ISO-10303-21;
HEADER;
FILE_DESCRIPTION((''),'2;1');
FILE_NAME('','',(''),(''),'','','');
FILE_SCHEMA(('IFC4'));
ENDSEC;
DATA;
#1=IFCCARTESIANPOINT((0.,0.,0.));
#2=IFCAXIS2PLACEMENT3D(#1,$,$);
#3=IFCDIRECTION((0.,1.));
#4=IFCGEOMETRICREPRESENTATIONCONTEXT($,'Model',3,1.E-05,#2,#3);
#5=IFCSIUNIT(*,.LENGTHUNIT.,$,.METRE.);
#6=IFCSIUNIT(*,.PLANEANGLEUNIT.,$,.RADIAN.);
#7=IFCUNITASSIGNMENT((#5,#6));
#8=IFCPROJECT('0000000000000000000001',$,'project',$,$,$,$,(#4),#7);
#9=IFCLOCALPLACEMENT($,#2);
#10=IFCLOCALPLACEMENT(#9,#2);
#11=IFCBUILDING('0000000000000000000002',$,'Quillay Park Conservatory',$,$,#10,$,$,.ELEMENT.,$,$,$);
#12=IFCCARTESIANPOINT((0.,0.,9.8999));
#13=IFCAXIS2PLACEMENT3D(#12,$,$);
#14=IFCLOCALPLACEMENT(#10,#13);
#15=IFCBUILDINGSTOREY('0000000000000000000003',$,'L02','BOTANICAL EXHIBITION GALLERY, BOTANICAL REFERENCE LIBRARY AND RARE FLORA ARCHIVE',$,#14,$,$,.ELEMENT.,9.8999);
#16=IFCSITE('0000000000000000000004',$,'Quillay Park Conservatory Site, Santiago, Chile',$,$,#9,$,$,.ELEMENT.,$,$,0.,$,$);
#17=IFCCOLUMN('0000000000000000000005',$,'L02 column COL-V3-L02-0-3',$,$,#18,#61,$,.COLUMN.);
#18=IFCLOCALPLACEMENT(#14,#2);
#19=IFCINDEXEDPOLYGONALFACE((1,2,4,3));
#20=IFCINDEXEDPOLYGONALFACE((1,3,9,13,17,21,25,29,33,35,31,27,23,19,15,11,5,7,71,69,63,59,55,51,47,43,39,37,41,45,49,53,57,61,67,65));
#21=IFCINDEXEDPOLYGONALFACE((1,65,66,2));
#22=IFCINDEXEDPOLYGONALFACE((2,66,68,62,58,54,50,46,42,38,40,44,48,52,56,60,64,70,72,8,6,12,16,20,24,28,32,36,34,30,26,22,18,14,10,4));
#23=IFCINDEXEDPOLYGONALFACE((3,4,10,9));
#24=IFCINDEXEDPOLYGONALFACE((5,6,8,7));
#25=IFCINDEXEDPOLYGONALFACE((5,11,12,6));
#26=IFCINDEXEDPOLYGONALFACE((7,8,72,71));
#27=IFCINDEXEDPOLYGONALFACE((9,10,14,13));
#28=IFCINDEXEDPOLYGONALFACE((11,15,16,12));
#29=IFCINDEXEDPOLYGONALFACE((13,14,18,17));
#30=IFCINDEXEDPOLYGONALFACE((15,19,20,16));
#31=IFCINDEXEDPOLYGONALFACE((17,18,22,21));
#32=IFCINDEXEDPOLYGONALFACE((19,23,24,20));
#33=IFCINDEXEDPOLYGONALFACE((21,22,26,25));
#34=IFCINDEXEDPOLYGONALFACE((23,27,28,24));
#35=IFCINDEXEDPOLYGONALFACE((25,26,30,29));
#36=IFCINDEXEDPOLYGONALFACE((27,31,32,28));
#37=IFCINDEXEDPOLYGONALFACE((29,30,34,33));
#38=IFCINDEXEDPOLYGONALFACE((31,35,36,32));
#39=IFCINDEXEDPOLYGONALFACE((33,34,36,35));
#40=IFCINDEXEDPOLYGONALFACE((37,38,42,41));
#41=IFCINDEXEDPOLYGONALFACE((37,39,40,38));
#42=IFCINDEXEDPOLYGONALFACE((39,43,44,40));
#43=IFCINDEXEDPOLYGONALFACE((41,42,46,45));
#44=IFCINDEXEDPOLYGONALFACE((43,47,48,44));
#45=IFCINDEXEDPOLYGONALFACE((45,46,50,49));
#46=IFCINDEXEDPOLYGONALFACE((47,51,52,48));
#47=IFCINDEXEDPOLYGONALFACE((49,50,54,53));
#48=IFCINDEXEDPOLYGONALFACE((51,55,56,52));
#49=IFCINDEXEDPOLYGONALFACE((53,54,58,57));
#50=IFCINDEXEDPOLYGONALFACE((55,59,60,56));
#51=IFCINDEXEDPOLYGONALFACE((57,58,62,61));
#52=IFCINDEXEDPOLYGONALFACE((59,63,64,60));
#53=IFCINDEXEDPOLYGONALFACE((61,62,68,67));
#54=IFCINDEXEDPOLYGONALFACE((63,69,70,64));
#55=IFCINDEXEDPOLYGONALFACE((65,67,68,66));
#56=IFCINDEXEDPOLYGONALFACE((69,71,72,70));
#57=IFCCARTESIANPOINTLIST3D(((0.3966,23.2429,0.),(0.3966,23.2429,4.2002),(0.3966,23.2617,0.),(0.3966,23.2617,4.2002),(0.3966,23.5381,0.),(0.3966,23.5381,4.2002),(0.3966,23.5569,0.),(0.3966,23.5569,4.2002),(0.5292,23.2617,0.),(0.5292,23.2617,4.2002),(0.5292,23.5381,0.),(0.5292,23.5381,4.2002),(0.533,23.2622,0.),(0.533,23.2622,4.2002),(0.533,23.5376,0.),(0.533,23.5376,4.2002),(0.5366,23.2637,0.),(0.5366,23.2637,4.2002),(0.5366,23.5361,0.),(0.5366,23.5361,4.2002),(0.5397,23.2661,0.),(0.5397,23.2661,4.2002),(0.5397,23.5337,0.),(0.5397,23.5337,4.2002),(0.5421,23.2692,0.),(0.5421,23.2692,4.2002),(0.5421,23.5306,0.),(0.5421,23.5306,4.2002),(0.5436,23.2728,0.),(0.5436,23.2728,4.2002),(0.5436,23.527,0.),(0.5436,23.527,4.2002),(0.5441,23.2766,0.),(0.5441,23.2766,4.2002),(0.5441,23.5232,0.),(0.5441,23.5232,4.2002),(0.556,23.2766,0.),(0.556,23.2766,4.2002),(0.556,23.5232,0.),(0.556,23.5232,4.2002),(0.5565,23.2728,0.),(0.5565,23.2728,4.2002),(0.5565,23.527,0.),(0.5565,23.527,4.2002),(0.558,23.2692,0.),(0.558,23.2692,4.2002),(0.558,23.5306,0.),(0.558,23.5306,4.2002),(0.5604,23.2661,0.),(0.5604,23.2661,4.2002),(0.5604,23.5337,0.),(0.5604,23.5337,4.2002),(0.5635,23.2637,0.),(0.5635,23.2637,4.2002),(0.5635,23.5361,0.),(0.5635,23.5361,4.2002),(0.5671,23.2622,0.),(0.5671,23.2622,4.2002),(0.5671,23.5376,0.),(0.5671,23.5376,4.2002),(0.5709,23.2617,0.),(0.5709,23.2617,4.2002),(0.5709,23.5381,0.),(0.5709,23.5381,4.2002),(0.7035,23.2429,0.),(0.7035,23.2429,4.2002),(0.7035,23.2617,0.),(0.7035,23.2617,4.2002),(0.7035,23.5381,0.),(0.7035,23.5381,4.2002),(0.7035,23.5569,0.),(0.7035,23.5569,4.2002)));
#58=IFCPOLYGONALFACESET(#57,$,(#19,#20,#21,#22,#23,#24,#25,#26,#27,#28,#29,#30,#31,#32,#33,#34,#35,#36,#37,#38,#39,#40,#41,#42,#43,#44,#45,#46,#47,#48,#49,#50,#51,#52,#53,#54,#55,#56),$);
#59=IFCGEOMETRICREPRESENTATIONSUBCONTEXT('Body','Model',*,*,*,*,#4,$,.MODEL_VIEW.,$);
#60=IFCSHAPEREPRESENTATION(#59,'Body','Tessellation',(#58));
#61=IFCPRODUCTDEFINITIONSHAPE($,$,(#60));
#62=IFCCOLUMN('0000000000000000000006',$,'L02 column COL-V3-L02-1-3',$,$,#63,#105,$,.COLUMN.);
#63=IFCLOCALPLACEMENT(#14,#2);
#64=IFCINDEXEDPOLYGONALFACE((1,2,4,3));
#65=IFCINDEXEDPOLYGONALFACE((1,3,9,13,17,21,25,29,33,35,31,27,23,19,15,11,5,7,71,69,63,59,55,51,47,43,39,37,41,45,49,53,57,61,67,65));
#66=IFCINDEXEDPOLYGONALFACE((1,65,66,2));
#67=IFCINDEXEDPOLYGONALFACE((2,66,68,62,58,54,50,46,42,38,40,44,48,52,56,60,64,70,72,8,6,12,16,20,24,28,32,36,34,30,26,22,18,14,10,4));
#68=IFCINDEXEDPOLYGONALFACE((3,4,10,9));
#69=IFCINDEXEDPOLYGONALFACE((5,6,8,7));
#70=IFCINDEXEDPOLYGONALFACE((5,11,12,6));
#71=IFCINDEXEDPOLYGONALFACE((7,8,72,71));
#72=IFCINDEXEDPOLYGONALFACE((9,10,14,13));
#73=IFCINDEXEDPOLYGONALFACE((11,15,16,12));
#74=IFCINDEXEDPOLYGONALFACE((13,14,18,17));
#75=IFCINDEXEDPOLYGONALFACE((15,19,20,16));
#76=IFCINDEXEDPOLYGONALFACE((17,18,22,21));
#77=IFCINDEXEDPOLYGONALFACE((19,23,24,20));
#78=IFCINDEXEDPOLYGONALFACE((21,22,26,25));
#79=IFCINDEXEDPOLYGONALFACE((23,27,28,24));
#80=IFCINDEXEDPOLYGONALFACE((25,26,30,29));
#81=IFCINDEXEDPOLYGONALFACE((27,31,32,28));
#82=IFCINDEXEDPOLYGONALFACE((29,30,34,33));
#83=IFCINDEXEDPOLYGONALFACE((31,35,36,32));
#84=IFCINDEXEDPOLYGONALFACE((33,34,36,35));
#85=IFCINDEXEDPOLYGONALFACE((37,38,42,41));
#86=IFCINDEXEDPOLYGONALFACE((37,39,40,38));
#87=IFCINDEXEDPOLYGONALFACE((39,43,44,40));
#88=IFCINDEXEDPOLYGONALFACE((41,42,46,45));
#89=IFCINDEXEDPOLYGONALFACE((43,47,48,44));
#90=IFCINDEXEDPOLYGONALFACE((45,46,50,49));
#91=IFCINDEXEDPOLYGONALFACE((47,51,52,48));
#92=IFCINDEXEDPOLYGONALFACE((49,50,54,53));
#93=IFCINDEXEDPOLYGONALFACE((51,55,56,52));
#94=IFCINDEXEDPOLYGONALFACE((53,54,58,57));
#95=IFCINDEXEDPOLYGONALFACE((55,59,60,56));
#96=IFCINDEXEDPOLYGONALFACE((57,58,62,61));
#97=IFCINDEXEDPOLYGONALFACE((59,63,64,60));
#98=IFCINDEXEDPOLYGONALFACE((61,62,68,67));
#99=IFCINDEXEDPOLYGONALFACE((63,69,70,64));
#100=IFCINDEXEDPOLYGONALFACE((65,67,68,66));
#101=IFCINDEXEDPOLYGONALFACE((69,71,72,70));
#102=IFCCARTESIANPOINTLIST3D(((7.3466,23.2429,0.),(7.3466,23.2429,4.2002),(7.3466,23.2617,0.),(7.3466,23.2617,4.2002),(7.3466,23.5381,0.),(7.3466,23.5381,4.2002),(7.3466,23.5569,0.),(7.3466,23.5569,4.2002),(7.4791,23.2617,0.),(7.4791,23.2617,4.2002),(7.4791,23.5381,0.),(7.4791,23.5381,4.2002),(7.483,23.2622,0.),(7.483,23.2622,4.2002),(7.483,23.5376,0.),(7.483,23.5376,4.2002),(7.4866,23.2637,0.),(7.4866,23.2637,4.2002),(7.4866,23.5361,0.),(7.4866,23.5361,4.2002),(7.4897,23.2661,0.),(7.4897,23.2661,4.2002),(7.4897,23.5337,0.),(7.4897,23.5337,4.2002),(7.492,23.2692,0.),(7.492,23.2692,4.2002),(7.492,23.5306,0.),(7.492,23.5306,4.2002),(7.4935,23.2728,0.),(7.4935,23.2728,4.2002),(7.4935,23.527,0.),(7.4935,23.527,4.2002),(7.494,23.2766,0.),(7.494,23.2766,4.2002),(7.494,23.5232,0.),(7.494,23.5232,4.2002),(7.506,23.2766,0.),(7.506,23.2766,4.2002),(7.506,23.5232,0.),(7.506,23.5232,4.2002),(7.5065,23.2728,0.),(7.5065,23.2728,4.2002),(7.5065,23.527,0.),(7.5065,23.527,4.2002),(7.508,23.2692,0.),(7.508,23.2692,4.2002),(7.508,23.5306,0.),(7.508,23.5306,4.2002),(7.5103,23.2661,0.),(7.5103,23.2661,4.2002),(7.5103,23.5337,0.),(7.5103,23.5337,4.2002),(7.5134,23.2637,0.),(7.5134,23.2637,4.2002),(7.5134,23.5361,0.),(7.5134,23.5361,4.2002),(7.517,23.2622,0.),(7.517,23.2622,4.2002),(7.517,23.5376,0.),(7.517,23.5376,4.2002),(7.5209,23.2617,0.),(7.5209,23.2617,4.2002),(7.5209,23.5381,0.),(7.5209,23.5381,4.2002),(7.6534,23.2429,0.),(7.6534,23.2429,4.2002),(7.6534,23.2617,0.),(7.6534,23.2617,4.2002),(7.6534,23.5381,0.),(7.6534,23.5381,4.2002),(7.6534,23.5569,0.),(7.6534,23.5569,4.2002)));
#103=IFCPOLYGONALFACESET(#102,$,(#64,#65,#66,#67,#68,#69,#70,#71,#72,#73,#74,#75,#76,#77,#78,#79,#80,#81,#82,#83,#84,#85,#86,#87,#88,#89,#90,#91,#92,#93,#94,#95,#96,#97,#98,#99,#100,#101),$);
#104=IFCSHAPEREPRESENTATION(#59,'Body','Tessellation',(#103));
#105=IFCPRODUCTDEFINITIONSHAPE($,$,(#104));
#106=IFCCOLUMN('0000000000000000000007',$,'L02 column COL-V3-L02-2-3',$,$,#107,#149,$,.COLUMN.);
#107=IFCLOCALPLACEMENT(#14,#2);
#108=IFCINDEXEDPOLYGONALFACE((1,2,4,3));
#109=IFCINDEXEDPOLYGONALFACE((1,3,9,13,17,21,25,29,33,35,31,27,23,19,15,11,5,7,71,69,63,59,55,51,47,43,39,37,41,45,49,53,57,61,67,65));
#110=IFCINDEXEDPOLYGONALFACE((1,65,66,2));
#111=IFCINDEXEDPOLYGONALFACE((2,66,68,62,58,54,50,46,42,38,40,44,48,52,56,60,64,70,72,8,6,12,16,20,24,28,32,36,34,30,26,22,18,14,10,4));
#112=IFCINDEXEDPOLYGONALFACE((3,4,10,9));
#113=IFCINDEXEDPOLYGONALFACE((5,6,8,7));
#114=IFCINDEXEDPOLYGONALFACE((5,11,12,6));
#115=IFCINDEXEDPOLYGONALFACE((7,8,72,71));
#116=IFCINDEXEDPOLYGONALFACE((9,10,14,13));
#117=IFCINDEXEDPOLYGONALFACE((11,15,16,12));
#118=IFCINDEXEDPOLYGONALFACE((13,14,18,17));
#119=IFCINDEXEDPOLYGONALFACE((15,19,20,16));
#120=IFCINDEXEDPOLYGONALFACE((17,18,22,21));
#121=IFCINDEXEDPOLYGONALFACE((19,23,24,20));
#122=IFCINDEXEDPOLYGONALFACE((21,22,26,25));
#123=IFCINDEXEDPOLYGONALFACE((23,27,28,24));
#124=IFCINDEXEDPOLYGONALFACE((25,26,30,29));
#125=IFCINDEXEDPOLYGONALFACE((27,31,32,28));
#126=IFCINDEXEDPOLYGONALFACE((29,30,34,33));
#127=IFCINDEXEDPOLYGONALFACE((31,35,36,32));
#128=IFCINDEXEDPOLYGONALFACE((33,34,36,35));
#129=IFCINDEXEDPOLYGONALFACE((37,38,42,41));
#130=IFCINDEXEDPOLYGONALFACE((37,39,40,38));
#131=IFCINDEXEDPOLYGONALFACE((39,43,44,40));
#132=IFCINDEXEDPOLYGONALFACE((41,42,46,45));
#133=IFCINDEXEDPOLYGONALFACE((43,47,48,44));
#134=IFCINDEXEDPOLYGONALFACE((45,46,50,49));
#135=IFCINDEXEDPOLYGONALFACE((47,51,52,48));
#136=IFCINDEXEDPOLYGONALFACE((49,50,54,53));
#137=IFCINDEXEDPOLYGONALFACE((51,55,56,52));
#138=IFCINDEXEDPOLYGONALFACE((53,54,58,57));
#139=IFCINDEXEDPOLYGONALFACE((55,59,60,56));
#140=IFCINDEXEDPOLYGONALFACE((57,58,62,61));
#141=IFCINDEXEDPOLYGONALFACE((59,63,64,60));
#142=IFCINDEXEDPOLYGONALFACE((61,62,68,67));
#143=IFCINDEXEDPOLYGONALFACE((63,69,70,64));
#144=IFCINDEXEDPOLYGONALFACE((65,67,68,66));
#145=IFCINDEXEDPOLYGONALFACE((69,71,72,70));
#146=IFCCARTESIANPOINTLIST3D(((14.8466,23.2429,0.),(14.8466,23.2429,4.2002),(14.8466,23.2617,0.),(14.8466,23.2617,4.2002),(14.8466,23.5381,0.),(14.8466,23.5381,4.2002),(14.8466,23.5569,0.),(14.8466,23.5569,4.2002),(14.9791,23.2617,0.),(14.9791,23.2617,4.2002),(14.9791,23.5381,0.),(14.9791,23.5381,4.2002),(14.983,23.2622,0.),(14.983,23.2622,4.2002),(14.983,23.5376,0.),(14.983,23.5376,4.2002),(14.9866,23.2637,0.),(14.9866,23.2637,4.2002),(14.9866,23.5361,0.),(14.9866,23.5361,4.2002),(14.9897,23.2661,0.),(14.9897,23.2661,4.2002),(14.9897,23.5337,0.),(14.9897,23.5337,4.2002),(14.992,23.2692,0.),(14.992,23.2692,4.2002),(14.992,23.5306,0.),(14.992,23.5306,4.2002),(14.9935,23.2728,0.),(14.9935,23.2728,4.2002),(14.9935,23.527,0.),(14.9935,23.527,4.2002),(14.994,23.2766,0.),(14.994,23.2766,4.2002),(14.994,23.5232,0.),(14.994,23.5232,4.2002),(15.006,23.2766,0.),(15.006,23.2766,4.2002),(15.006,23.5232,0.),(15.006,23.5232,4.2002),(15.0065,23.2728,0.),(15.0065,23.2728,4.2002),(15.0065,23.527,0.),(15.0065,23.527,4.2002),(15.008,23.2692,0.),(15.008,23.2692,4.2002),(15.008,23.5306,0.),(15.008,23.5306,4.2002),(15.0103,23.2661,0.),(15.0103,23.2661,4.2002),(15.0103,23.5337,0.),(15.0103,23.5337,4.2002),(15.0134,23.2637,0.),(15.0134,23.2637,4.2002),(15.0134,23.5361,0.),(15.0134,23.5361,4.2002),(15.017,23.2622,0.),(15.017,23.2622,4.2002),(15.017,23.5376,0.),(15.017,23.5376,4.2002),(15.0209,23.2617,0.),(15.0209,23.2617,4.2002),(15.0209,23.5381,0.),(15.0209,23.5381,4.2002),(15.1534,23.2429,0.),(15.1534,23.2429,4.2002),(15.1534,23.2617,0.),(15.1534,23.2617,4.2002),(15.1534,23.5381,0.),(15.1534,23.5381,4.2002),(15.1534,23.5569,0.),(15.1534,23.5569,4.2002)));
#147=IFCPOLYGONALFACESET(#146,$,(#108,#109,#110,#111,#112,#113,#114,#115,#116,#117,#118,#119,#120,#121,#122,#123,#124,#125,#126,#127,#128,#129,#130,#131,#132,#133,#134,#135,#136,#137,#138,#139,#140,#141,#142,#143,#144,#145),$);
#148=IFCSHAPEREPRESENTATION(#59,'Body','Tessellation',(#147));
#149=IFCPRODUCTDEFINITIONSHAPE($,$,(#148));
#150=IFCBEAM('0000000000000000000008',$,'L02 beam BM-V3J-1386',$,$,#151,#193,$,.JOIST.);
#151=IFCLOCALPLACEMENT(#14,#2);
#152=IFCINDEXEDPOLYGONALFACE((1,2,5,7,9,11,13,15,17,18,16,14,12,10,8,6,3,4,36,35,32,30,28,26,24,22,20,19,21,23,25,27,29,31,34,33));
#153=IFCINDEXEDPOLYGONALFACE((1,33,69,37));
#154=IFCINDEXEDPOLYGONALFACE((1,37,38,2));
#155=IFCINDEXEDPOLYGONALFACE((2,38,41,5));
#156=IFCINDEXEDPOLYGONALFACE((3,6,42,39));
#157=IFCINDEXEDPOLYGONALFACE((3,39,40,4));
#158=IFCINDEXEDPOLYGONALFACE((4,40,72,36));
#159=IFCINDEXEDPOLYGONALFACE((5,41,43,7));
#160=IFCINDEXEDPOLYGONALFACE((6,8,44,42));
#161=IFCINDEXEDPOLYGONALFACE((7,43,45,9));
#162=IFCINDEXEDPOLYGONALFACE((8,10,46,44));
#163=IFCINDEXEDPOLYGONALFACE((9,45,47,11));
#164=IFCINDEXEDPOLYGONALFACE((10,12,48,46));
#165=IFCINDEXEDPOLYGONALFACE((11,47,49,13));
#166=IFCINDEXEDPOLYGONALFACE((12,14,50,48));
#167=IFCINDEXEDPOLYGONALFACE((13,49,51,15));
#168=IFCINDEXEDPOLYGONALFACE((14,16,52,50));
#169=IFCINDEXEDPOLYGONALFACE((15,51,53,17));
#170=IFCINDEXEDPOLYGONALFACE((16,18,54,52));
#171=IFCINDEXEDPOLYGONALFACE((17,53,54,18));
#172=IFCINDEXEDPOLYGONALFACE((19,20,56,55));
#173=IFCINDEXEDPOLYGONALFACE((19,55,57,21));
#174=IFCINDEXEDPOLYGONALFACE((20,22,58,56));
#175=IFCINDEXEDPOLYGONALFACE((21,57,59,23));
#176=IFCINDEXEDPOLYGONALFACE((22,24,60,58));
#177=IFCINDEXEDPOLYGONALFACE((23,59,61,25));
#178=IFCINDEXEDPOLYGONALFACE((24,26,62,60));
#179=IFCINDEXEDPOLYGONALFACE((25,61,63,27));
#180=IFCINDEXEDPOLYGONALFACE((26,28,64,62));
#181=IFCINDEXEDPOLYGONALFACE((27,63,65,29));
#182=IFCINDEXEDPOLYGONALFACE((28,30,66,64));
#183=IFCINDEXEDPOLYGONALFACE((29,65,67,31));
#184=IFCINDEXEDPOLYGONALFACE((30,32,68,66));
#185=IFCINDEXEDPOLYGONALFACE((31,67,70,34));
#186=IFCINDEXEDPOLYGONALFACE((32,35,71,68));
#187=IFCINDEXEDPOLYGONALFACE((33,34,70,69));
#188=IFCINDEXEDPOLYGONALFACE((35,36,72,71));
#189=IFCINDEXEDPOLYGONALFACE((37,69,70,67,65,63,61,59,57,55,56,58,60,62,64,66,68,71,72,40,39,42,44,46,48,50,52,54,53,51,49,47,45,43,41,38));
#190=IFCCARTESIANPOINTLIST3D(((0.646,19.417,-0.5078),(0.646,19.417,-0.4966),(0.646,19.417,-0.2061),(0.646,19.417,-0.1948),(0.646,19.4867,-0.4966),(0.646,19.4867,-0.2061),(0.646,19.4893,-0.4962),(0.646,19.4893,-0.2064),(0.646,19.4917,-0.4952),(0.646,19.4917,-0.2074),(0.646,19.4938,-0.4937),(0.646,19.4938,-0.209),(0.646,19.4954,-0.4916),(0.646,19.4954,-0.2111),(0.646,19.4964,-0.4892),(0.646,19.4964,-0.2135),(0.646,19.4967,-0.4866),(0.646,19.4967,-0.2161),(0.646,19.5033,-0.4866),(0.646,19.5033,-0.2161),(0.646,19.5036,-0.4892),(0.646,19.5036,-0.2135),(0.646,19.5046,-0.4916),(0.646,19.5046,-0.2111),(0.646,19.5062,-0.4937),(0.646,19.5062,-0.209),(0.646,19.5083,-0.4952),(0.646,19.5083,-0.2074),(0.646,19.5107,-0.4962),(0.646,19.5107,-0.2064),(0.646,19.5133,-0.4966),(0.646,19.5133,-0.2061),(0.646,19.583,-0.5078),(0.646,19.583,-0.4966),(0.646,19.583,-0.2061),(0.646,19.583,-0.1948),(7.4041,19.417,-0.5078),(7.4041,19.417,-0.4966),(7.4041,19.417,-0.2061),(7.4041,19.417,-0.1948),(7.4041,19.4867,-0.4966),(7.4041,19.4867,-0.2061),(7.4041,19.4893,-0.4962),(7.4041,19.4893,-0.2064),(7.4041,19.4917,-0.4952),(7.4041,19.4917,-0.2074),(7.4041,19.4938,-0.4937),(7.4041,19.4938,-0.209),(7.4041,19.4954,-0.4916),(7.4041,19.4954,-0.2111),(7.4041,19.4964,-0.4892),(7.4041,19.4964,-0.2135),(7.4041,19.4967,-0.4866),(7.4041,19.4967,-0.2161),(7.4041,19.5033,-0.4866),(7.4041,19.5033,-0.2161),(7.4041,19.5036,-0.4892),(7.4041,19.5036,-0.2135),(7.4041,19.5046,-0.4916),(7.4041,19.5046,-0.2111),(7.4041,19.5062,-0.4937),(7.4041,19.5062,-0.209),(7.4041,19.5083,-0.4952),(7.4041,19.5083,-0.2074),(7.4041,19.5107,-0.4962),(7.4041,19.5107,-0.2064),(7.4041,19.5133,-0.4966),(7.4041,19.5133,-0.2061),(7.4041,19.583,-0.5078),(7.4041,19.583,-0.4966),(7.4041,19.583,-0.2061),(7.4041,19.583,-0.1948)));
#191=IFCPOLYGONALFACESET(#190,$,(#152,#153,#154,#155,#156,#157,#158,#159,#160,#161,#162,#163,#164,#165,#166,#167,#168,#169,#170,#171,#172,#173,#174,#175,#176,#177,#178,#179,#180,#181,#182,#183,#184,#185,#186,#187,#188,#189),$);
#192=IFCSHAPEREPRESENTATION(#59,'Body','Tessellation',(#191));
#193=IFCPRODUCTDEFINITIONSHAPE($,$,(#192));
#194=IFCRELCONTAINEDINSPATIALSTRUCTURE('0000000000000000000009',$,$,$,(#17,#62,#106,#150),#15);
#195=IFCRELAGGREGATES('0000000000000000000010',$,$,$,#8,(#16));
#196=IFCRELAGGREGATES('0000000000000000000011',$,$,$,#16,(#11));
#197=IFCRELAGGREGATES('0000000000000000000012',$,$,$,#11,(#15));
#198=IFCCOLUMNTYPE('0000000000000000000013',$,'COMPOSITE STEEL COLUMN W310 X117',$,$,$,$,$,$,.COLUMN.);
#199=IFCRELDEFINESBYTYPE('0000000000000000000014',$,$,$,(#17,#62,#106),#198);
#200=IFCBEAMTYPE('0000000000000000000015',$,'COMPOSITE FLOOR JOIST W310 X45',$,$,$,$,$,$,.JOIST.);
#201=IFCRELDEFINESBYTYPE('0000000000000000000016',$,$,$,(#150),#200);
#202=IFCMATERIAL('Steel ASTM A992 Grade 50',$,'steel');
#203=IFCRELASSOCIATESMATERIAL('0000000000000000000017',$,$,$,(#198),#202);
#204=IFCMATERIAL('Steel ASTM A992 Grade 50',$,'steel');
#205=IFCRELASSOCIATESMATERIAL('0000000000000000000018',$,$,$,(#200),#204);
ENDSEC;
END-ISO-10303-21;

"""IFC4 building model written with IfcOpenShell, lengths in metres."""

from ifc_helpers import new_model, si_unit, direction, frame, origin, origin_2d, place, context, subcontext, project, spatial, i_section, extrude, material, material_profile, profile_set, type_object, element, save


model = new_model("IFC4")

# Units and contexts
model_context = context("Model", 3, precision=1e-05, world=origin(), true_north=direction((0.0, 1.0)))
body_context = subcontext(model_context, "Body", "Model", "MODEL_VIEW")
ifc_project = project(units=[si_unit("LENGTHUNIT", "METRE"), si_unit("PLANEANGLEUNIT", "RADIAN")], contexts=[model_context])

# Site, building, storey
site_placement = place(None, origin())
site = spatial("IfcSite", under=ifc_project, at=site_placement, Name="Quillay Park Conservatory Site, Santiago, Chile", CompositionType="ELEMENT", RefElevation=0.0)
building_placement = place(site_placement, origin())
building = spatial("IfcBuilding", under=site, at=building_placement, Name="Quillay Park Conservatory", CompositionType="ELEMENT")
storey_placement = place(building_placement, frame((0.0, 0.0, 9.8999)))
storey = spatial("IfcBuildingStorey", under=building, at=storey_placement, Name="L02", Description="BOTANICAL EXHIBITION GALLERY, BOTANICAL REFERENCE LIBRARY AND RARE FLORA ARCHIVE", CompositionType="ELEMENT", Elevation=9.8999)

# Columns
ifc_material_1 = material(Name="Steel ASTM A992 Grade 50", Category="steel")
ifc_material_profile_1 = material_profile(ifc_material_1, i_section(OverallWidth=0.3069, OverallDepth=0.314, WebThickness=0.012, FlangeThickness=0.0188, FilletRadius=0.0149, at=origin_2d()), Name="W310x117")
ifc_profile_set_1 = profile_set([ifc_material_profile_1], Name="Steel ASTM A992 Grade 50")
column_type = type_object("IfcColumnType", Name="COMPOSITE STEEL COLUMN W310 X117", PredefinedType="COLUMN", material=ifc_profile_set_1)
for number, where, z_axis, x_axis, name in (
    (1, (0.55, 23.3999, 0.0), (0.0, 0.0, 1.0), (1.0, 0.0, 0.0), "L02 column COL-V3-L02-0-3"),
    (2, (7.5, 23.3999, 0.0), (0.0, 0.0, 1.0), (1.0, 0.0, 0.0), "L02 column COL-V3-L02-1-3"),
    (3, (15.0, 23.3999, 0.0), (0.0, 0.0, 1.0), (1.0, 0.0, 0.0), "L02 column COL-V3-L02-2-3"),
):
    element("IfcColumn", number, at=place(storey_placement, frame(where, z_axis=z_axis, x_axis=x_axis)), inside=storey, type_object=column_type, Name=name, PredefinedType="COLUMN", context=body_context, shape_type="SweptSolid", body=[
        extrude(i_section(OverallWidth=0.3069, OverallDepth=0.314, WebThickness=0.012, FlangeThickness=0.0188, FilletRadius=0.0149, at=origin_2d()), origin(), (0.0, 0.0, 1.0), 4.2002),
    ])

# Beam
ifc_material_2 = material(Name="Steel ASTM A992 Grade 50", Category="steel")
ifc_material_profile_2 = material_profile(ifc_material_2, i_section(OverallWidth=0.166, OverallDepth=0.313, WebThickness=0.0066, FlangeThickness=0.0112, FilletRadius=0.01, at=origin_2d()), Name="W310x45")
ifc_profile_set_2 = profile_set([ifc_material_profile_2], Name="Steel ASTM A992 Grade 50")
beam_type_1 = type_object("IfcBeamType", Name="COMPOSITE FLOOR JOIST W310 X45", PredefinedType="JOIST", material=ifc_profile_set_2)
beam_1_placement = place(storey_placement, frame((0.646, 19.5, -0.3513), z_axis=(1.0, 0.0, 0.0), x_axis=(0.0, 1.0, 0.0)))
element("IfcBeam", 4, at=beam_1_placement, inside=storey, type_object=beam_type_1, Name="L02 beam BM-V3J-1386", PredefinedType="JOIST", context=body_context, shape_type="SweptSolid", body=[
    extrude(i_section(OverallWidth=0.166, OverallDepth=0.313, WebThickness=0.0066, FlangeThickness=0.0112, FilletRadius=0.01, at=origin_2d()), origin(), (0.0, 0.0, 1.0), 6.7581),
])

save(model, "model.ifc")
